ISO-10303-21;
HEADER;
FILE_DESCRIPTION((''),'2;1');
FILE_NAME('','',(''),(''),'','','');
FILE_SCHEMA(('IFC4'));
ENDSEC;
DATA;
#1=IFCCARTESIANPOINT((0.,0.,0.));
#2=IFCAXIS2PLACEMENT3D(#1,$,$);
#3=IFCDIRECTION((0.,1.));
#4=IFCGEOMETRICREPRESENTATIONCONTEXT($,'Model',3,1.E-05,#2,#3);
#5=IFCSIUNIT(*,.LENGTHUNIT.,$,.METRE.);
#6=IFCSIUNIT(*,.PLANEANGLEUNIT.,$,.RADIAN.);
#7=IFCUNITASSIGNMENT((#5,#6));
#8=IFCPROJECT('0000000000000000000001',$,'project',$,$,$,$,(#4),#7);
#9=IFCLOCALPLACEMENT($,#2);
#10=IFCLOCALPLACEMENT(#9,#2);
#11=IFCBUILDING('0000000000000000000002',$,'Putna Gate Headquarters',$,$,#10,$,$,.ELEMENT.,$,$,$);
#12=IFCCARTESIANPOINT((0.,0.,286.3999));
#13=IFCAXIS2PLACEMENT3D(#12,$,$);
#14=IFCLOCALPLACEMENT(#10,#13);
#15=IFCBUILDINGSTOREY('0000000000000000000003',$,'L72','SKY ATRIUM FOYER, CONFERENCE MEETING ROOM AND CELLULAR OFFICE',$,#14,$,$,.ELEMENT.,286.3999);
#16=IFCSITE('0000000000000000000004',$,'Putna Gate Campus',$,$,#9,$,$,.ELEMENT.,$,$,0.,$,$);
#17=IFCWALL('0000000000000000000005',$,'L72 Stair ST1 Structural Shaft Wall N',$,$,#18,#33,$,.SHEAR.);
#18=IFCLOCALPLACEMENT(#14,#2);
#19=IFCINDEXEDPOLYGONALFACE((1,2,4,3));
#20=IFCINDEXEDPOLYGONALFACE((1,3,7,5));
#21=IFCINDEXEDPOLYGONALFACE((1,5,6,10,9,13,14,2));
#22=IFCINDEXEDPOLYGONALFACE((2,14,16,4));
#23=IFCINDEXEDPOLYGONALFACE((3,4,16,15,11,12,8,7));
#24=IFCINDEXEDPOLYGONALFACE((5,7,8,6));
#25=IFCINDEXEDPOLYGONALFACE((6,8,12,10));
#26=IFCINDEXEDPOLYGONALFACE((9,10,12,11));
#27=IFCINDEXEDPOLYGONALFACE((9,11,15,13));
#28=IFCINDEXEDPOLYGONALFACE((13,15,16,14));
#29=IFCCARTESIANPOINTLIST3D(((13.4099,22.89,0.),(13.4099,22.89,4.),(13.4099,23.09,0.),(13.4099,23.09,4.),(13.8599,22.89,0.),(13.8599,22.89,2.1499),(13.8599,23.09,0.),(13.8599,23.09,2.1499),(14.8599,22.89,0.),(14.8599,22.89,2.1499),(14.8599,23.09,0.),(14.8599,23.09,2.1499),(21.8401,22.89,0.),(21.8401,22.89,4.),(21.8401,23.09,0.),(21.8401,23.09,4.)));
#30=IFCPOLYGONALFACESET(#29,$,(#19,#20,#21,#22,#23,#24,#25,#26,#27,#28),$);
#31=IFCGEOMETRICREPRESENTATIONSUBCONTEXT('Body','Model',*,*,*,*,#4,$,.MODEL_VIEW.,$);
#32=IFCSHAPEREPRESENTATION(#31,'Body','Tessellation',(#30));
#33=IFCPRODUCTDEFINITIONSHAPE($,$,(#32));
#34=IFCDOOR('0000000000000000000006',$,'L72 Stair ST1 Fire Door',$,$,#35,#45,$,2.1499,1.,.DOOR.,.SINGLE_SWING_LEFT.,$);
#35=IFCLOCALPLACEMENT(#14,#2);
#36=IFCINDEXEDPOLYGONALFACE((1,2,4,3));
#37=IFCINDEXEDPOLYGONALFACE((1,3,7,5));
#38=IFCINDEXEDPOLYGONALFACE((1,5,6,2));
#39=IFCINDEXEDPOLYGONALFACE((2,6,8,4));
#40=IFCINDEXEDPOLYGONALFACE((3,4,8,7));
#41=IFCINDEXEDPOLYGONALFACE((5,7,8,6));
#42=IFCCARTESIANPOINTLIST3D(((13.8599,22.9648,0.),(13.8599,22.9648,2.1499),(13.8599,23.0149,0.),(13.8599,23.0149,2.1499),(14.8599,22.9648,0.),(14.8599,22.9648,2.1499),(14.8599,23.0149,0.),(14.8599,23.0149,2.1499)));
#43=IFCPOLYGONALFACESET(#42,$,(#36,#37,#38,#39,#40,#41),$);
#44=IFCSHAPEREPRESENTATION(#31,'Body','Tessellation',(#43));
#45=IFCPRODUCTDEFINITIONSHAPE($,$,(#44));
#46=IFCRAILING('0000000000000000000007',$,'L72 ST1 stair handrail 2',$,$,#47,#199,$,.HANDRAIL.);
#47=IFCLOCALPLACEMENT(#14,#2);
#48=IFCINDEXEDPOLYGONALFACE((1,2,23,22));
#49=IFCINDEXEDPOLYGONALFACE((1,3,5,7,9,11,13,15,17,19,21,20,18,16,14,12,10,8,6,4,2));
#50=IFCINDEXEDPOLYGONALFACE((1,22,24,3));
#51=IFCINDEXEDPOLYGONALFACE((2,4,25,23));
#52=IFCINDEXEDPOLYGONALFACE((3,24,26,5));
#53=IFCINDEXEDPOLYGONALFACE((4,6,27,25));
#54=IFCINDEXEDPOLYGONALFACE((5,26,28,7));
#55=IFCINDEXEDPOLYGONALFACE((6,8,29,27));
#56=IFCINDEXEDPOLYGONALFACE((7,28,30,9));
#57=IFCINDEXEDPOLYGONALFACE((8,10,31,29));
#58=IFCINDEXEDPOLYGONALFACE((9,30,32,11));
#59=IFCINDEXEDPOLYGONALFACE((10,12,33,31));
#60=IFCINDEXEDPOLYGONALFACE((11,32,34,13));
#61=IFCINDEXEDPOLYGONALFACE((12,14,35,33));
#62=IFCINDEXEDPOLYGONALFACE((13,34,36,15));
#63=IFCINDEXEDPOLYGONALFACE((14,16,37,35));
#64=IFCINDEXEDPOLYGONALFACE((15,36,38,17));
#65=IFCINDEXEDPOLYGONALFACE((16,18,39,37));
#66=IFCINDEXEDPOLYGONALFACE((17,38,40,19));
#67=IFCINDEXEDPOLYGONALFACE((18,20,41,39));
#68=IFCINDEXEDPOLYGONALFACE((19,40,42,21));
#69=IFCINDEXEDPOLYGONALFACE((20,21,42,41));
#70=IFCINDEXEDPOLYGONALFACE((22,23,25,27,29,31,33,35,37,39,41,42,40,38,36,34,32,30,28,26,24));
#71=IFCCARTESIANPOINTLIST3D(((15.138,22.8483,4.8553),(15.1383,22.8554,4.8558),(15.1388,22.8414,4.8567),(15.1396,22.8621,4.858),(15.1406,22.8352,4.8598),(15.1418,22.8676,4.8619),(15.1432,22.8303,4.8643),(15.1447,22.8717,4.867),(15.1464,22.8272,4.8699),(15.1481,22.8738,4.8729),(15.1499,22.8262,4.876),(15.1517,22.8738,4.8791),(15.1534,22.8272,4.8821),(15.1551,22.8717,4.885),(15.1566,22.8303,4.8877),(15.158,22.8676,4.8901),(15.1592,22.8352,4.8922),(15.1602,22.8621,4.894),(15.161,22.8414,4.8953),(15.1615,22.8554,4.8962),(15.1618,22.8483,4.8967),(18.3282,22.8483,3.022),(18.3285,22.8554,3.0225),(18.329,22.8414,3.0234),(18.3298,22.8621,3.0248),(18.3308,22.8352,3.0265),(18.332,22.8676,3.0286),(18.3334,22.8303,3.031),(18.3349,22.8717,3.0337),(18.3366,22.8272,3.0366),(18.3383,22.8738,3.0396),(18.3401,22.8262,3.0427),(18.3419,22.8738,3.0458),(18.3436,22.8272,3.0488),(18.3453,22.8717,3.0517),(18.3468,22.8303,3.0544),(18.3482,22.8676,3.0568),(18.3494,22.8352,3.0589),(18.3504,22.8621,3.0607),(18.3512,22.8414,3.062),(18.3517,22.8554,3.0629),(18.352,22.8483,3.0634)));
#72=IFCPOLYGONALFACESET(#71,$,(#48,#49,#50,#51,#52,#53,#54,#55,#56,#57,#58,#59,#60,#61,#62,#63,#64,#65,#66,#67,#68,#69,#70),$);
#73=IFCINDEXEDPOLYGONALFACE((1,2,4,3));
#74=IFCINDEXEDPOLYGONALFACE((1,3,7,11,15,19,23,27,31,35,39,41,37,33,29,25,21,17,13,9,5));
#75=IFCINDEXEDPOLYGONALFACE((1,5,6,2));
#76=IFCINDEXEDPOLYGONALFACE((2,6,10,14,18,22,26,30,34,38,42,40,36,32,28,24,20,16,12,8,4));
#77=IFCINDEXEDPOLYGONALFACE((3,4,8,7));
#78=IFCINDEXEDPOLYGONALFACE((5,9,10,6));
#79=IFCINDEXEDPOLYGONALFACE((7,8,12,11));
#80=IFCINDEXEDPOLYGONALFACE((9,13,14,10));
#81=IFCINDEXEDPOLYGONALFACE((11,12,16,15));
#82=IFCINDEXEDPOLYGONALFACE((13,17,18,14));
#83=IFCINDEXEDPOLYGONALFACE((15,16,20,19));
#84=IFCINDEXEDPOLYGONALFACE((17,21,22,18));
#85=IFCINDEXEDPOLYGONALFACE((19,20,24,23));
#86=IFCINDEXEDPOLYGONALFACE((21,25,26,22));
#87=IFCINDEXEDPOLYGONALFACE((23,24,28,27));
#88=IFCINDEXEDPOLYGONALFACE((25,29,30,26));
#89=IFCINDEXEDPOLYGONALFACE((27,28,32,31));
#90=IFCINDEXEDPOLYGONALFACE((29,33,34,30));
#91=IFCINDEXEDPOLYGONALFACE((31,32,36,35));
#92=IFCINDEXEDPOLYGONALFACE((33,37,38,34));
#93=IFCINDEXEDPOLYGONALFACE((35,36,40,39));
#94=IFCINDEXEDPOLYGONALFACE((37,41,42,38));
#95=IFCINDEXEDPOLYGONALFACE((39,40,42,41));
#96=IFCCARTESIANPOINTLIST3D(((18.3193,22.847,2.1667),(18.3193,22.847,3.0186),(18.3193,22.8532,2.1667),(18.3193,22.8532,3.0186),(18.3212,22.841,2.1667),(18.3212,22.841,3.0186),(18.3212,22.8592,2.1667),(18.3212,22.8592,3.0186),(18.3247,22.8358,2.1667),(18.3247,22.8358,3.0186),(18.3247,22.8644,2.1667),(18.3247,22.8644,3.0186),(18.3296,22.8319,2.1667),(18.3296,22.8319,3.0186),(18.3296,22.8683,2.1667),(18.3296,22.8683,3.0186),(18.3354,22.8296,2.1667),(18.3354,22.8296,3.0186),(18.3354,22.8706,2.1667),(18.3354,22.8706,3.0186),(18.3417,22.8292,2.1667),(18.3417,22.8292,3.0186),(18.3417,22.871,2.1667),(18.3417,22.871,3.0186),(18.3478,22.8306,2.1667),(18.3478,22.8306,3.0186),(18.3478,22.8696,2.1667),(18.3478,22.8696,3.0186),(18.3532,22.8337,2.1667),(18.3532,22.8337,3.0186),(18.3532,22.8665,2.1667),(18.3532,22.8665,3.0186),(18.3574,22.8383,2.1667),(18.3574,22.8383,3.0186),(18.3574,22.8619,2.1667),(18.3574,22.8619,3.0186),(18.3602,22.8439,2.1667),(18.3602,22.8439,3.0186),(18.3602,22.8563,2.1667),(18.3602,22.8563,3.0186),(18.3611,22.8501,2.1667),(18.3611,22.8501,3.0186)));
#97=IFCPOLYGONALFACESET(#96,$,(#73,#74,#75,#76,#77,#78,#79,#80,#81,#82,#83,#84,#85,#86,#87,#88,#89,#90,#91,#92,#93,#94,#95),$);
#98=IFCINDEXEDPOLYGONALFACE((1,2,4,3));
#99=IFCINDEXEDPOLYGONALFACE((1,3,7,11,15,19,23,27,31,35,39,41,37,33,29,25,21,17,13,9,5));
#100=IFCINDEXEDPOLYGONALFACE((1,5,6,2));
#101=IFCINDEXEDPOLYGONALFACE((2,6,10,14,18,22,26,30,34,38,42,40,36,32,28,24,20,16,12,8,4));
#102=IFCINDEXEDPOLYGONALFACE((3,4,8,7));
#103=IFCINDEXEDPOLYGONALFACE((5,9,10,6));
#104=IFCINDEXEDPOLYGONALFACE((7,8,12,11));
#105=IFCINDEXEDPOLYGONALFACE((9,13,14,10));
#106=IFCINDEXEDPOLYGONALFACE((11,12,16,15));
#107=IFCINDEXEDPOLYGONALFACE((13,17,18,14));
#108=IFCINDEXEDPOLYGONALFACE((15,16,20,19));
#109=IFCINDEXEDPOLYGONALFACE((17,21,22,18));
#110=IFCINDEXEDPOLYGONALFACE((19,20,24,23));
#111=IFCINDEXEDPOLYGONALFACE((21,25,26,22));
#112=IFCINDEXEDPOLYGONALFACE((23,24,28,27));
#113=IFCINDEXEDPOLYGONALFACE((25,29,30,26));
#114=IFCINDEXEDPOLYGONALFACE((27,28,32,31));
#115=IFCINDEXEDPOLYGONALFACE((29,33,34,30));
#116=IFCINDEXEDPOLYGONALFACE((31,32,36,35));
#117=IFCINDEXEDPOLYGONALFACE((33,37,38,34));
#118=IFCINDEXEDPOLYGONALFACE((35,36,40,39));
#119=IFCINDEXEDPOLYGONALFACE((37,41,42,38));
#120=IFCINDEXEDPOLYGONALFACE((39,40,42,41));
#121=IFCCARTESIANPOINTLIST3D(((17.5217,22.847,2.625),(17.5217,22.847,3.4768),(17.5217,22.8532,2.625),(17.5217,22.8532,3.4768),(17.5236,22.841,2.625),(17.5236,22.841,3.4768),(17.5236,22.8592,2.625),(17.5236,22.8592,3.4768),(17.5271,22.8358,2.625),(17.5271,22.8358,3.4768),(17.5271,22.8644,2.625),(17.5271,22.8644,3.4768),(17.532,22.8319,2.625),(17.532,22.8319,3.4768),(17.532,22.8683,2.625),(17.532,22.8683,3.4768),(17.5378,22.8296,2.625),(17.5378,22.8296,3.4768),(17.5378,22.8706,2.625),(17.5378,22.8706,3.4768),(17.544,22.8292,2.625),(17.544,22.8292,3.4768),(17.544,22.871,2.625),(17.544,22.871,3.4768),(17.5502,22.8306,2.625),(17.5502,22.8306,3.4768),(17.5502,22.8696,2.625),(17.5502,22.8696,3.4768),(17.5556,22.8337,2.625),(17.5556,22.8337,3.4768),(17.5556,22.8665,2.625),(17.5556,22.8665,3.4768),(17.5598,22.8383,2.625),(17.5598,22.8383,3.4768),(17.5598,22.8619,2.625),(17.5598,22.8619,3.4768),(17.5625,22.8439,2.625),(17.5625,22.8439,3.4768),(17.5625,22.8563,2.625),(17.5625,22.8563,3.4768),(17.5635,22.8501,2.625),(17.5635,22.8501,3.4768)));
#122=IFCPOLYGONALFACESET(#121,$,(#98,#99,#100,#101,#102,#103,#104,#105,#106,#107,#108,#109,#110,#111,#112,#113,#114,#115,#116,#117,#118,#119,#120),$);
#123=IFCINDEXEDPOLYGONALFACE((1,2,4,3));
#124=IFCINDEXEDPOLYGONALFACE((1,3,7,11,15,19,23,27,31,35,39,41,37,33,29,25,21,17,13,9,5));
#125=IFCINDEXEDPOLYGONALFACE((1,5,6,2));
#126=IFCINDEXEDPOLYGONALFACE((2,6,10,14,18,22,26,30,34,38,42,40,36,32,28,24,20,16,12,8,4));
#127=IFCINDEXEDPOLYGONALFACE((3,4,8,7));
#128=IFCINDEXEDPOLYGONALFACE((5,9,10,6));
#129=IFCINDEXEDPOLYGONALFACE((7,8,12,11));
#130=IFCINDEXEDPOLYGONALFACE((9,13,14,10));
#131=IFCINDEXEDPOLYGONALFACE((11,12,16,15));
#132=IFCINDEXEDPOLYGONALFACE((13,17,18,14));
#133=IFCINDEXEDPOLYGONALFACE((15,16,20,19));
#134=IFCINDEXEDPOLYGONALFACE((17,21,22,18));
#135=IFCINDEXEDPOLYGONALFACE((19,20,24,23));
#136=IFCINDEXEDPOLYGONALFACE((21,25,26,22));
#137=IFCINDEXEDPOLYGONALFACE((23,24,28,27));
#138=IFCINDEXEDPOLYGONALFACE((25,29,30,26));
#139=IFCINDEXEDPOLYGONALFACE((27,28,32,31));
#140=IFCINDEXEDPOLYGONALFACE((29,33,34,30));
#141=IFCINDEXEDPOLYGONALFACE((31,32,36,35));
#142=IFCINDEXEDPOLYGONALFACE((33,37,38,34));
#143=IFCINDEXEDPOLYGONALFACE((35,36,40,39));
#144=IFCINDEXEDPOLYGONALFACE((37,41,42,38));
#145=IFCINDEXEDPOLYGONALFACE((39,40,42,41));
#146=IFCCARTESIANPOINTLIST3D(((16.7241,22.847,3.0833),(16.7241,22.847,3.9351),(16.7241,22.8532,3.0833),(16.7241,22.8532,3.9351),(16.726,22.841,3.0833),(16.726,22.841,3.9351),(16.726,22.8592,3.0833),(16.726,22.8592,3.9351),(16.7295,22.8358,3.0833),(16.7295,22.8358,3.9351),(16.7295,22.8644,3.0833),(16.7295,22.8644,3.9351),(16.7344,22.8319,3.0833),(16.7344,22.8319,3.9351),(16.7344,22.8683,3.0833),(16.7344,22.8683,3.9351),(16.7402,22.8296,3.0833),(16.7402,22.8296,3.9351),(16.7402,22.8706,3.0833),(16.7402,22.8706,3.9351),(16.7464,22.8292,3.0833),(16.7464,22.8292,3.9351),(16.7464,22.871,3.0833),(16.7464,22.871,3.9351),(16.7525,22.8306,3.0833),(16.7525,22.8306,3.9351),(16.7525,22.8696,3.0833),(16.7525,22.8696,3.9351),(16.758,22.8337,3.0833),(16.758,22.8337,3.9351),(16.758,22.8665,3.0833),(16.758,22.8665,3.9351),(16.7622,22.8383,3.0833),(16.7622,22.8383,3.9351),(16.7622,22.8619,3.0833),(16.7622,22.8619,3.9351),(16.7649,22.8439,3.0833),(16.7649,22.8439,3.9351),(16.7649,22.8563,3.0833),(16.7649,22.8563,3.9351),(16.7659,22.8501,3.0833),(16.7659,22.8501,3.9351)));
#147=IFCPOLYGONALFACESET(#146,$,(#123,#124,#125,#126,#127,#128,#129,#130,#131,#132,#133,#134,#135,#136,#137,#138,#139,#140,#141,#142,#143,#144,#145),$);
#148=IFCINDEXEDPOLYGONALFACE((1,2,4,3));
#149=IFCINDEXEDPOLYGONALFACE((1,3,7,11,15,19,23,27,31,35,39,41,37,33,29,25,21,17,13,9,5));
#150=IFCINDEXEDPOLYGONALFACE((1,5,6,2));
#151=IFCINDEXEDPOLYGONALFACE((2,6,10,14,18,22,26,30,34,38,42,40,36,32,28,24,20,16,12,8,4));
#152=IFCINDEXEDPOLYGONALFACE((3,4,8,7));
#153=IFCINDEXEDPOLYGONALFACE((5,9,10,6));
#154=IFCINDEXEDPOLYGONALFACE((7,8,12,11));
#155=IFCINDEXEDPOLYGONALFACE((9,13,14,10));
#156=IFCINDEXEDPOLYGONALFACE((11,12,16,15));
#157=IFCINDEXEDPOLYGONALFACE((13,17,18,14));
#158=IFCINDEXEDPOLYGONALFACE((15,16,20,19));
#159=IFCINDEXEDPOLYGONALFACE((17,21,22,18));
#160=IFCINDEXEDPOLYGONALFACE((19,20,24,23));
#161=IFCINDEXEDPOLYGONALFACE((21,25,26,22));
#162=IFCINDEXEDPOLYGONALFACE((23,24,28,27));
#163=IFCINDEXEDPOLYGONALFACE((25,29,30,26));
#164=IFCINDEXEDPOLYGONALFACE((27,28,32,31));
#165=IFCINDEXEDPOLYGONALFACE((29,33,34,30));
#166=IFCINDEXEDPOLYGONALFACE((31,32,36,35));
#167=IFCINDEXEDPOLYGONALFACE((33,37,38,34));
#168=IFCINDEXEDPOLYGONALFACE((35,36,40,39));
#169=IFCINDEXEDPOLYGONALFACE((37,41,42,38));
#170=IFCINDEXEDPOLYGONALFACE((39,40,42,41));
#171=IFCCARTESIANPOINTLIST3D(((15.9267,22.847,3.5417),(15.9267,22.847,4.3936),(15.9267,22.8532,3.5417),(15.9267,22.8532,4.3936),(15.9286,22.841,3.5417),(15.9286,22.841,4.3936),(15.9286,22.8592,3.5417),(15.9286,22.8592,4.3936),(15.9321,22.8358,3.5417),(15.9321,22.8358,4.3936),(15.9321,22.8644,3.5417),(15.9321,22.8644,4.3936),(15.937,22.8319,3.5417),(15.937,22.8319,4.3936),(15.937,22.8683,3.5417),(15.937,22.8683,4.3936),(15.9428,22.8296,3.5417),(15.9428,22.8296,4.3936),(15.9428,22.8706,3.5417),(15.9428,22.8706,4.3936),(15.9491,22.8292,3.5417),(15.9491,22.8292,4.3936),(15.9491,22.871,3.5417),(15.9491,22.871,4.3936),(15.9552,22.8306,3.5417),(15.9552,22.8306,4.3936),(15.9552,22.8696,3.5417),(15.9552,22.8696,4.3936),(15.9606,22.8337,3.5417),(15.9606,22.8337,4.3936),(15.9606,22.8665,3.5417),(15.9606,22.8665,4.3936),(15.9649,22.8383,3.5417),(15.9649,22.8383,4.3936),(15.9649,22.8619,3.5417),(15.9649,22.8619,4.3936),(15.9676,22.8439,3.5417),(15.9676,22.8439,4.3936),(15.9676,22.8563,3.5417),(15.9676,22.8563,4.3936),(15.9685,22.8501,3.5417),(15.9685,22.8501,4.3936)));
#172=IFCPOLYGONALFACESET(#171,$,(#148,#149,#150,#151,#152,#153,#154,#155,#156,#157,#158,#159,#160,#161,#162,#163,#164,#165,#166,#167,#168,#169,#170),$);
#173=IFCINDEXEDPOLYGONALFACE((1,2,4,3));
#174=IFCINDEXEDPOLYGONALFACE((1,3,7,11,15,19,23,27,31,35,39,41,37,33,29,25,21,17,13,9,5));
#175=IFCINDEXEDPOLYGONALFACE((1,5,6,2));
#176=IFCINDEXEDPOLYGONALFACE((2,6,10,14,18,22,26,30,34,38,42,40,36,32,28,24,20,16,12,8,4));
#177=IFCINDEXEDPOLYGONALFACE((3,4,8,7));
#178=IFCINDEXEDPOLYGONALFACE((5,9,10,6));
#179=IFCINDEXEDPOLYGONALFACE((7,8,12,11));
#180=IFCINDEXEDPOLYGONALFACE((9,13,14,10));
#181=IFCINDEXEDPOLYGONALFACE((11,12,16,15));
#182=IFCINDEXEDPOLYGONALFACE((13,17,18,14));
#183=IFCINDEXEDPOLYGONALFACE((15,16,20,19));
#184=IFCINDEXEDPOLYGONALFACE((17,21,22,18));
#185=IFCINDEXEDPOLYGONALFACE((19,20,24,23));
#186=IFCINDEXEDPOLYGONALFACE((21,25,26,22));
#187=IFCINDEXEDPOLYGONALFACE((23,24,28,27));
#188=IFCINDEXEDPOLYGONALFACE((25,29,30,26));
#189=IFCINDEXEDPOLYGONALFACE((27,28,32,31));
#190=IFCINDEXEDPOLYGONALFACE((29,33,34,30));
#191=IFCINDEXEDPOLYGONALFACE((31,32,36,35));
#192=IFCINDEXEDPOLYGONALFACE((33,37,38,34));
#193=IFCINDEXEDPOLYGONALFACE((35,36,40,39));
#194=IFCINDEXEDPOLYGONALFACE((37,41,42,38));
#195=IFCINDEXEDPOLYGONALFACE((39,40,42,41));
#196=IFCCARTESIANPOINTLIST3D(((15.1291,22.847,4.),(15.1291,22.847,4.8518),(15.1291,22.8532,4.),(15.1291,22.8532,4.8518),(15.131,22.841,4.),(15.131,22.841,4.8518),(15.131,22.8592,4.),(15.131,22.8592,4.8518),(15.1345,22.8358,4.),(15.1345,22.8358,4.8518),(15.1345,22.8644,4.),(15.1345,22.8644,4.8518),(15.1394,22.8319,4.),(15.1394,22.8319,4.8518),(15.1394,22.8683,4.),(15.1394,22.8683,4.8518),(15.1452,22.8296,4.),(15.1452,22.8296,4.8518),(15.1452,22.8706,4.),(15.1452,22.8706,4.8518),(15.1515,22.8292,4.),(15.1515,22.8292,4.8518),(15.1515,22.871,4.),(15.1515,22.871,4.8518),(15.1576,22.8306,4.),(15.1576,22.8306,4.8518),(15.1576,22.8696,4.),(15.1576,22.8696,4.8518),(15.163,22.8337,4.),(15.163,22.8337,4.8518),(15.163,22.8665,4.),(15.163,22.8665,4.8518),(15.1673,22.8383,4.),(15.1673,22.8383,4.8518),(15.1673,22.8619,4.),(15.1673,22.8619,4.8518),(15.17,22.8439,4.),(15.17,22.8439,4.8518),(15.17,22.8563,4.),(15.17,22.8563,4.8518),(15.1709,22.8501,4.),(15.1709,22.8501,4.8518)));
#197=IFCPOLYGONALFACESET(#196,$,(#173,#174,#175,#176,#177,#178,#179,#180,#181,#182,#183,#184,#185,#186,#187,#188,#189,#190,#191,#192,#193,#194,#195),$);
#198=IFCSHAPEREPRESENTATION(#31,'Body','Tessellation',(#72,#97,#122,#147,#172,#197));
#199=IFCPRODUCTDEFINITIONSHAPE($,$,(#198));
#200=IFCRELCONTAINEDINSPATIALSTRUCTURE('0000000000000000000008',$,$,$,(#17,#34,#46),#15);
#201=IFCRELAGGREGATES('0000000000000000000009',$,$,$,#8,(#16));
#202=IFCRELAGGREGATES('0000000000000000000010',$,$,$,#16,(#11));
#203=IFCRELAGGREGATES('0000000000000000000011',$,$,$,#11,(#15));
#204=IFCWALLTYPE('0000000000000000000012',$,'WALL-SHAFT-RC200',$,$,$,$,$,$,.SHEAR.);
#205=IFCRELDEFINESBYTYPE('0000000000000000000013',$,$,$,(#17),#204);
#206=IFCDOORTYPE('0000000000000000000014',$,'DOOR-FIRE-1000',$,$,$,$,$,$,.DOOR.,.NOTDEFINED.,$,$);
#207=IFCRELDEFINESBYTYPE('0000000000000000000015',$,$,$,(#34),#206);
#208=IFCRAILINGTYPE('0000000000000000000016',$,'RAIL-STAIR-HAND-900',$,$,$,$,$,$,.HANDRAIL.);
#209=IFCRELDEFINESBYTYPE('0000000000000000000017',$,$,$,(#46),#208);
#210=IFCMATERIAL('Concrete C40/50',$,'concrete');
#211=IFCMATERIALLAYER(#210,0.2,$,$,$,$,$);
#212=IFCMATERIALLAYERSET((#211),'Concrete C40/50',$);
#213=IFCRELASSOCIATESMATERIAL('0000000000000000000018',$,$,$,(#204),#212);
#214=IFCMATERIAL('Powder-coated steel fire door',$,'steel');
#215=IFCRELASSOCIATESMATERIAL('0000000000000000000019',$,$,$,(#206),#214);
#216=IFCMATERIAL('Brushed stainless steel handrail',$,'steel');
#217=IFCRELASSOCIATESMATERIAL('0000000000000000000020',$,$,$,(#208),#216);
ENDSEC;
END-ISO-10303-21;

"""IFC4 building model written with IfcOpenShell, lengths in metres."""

from ifc_helpers import new_model, si_unit, direction, frame, frame_2d, origin, origin_2d, place, context, subcontext, project, spatial, rectangle, circle, extrude, material, layer, layer_set, type_object, element, fill, save


model = new_model("IFC4")

# Units and contexts
model_context = context("Model", 3, precision=1e-05, world=origin(), true_north=direction((0.0, 1.0)))
body_context = subcontext(model_context, "Body", "Model", "MODEL_VIEW")
ifc_project = project(units=[si_unit("LENGTHUNIT", "METRE"), si_unit("PLANEANGLEUNIT", "RADIAN")], contexts=[model_context])

# Site, building, storey
site_placement = place(None, origin())
site = spatial("IfcSite", under=ifc_project, at=site_placement, Name="Putna Gate Campus", CompositionType="ELEMENT", RefElevation=0.0)
building_placement = place(site_placement, origin())
building = spatial("IfcBuilding", under=site, at=building_placement, Name="Putna Gate Headquarters", CompositionType="ELEMENT")
storey_placement = place(building_placement, frame((0.0, 0.0, 286.3999)))
storey = spatial("IfcBuildingStorey", under=building, at=storey_placement, Name="L72", Description="SKY ATRIUM FOYER, CONFERENCE MEETING ROOM AND CELLULAR OFFICE", CompositionType="ELEMENT", Elevation=286.3999)

# Shared definitions
ifc_material_1 = material(Name="Concrete C40/50", Category="concrete")

# Wall, opening, door
ifc_layer_1 = layer(ifc_material_1, 0.2)
ifc_layer_set_1 = layer_set([ifc_layer_1], Name="Concrete C40/50")
wall_type_1 = type_object("IfcWallType", Name="WALL-SHAFT-RC200", PredefinedType="SHEAR", material=ifc_layer_set_1)
wall_1_placement = place(storey_placement, frame((13.4099, 22.99, 0.0), z_axis=(0.0, 0.0, 1.0), x_axis=(1.0, 0.0, 0.0)))
wall_1 = element("IfcWall", 1, at=wall_1_placement, inside=storey, type_object=wall_type_1, Name="L72 Stair ST1 Structural Shaft Wall N", PredefinedType="SHEAR", context=body_context, shape_type="SweptSolid", body=[
    extrude(rectangle(XDim=8.4302, YDim=0.2, at=frame_2d((4.2151, 0.0))), origin(), (0.0, 0.0, 1.0), 4.0),
])
opening_1_placement = place(wall_1_placement, frame((0.45, 0.0, 0.0)))
opening_1 = element("IfcOpeningElement", 2, at=opening_1_placement, cuts=wall_1, PredefinedType="OPENING", context=body_context, shape_type="SweptSolid", body=[
    extrude(rectangle(XDim=1.0, YDim=2.1499, at=frame_2d((0.5, 1.075))), frame((0.0, 0.1099, 0.0), z_axis=(0.0, -1.0, 0.0), x_axis=(1.0, 0.0, 0.0)), (0.0, 0.0, 1.0), 0.22),
])
ifc_material_2 = material(Name="Powder-coated steel fire door", Category="steel")
door_type_1 = type_object("IfcDoorType", Name="DOOR-FIRE-1000", OperationType="NOTDEFINED", PredefinedType="DOOR", material=ifc_material_2)
door_1_placement = place(opening_1_placement, origin())
door_1 = element("IfcDoor", 3, at=door_1_placement, inside=storey, type_object=door_type_1, Name="L72 Stair ST1 Fire Door", OperationType="SINGLE_SWING_LEFT", OverallHeight=2.1499, OverallWidth=1.0, PredefinedType="DOOR", context=body_context, shape_type="SweptSolid", body=[
    extrude(rectangle(XDim=1.0, YDim=2.1499, at=frame_2d((0.5, 1.075))), frame((0.0, 0.0249, 0.0), z_axis=(0.0, -1.0, 0.0), x_axis=(1.0, 0.0, 0.0)), (0.0, 0.0, 1.0), 0.05),
])
fill(opening_1, door_1)

# Railing
ifc_material_3 = material(Name="Brushed stainless steel handrail", Category="steel")
railing_type = type_object("IfcRailingType", Name="RAIL-STAIR-HAND-900", PredefinedType="HANDRAIL", material=ifc_material_3)
railing_placement = place(storey_placement, frame((18.3401, 22.8501, 2.1667)))
element("IfcRailing", 4, at=railing_placement, inside=storey, type_object=railing_type, Name="L72 ST1 stair handrail 2", PredefinedType="HANDRAIL", context=body_context, shape_type="SweptSolid", body=[
    extrude(circle(Radius=0.0239, at=origin_2d()), frame((0.0, 0.0, 0.876), z_axis=(-0.867036, 0.0, 0.498245), x_axis=(0.0, -1.0, 0.0)), (0.0, 0.0, 1.0), 3.6794),
    extrude(circle(Radius=0.021, at=origin_2d()), origin(), (0.0, 0.0, 1.0), 0.8518),
    extrude(circle(Radius=0.021, at=origin_2d()), frame((-0.7976, 0.0, 0.4583)), (0.0, 0.0, 1.0), 0.8518),
    extrude(circle(Radius=0.021, at=origin_2d()), frame((-1.5952, 0.0, 0.9165)), (0.0, 0.0, 1.0), 0.8518),
    extrude(circle(Radius=0.021, at=origin_2d()), frame((-2.3926, 0.0, 1.375)), (0.0, 0.0, 1.0), 0.8518),
    extrude(circle(Radius=0.021, at=origin_2d()), frame((-3.1902, 0.0, 1.8333)), (0.0, 0.0, 1.0), 0.8518),
])

save(model, "model.ifc")
